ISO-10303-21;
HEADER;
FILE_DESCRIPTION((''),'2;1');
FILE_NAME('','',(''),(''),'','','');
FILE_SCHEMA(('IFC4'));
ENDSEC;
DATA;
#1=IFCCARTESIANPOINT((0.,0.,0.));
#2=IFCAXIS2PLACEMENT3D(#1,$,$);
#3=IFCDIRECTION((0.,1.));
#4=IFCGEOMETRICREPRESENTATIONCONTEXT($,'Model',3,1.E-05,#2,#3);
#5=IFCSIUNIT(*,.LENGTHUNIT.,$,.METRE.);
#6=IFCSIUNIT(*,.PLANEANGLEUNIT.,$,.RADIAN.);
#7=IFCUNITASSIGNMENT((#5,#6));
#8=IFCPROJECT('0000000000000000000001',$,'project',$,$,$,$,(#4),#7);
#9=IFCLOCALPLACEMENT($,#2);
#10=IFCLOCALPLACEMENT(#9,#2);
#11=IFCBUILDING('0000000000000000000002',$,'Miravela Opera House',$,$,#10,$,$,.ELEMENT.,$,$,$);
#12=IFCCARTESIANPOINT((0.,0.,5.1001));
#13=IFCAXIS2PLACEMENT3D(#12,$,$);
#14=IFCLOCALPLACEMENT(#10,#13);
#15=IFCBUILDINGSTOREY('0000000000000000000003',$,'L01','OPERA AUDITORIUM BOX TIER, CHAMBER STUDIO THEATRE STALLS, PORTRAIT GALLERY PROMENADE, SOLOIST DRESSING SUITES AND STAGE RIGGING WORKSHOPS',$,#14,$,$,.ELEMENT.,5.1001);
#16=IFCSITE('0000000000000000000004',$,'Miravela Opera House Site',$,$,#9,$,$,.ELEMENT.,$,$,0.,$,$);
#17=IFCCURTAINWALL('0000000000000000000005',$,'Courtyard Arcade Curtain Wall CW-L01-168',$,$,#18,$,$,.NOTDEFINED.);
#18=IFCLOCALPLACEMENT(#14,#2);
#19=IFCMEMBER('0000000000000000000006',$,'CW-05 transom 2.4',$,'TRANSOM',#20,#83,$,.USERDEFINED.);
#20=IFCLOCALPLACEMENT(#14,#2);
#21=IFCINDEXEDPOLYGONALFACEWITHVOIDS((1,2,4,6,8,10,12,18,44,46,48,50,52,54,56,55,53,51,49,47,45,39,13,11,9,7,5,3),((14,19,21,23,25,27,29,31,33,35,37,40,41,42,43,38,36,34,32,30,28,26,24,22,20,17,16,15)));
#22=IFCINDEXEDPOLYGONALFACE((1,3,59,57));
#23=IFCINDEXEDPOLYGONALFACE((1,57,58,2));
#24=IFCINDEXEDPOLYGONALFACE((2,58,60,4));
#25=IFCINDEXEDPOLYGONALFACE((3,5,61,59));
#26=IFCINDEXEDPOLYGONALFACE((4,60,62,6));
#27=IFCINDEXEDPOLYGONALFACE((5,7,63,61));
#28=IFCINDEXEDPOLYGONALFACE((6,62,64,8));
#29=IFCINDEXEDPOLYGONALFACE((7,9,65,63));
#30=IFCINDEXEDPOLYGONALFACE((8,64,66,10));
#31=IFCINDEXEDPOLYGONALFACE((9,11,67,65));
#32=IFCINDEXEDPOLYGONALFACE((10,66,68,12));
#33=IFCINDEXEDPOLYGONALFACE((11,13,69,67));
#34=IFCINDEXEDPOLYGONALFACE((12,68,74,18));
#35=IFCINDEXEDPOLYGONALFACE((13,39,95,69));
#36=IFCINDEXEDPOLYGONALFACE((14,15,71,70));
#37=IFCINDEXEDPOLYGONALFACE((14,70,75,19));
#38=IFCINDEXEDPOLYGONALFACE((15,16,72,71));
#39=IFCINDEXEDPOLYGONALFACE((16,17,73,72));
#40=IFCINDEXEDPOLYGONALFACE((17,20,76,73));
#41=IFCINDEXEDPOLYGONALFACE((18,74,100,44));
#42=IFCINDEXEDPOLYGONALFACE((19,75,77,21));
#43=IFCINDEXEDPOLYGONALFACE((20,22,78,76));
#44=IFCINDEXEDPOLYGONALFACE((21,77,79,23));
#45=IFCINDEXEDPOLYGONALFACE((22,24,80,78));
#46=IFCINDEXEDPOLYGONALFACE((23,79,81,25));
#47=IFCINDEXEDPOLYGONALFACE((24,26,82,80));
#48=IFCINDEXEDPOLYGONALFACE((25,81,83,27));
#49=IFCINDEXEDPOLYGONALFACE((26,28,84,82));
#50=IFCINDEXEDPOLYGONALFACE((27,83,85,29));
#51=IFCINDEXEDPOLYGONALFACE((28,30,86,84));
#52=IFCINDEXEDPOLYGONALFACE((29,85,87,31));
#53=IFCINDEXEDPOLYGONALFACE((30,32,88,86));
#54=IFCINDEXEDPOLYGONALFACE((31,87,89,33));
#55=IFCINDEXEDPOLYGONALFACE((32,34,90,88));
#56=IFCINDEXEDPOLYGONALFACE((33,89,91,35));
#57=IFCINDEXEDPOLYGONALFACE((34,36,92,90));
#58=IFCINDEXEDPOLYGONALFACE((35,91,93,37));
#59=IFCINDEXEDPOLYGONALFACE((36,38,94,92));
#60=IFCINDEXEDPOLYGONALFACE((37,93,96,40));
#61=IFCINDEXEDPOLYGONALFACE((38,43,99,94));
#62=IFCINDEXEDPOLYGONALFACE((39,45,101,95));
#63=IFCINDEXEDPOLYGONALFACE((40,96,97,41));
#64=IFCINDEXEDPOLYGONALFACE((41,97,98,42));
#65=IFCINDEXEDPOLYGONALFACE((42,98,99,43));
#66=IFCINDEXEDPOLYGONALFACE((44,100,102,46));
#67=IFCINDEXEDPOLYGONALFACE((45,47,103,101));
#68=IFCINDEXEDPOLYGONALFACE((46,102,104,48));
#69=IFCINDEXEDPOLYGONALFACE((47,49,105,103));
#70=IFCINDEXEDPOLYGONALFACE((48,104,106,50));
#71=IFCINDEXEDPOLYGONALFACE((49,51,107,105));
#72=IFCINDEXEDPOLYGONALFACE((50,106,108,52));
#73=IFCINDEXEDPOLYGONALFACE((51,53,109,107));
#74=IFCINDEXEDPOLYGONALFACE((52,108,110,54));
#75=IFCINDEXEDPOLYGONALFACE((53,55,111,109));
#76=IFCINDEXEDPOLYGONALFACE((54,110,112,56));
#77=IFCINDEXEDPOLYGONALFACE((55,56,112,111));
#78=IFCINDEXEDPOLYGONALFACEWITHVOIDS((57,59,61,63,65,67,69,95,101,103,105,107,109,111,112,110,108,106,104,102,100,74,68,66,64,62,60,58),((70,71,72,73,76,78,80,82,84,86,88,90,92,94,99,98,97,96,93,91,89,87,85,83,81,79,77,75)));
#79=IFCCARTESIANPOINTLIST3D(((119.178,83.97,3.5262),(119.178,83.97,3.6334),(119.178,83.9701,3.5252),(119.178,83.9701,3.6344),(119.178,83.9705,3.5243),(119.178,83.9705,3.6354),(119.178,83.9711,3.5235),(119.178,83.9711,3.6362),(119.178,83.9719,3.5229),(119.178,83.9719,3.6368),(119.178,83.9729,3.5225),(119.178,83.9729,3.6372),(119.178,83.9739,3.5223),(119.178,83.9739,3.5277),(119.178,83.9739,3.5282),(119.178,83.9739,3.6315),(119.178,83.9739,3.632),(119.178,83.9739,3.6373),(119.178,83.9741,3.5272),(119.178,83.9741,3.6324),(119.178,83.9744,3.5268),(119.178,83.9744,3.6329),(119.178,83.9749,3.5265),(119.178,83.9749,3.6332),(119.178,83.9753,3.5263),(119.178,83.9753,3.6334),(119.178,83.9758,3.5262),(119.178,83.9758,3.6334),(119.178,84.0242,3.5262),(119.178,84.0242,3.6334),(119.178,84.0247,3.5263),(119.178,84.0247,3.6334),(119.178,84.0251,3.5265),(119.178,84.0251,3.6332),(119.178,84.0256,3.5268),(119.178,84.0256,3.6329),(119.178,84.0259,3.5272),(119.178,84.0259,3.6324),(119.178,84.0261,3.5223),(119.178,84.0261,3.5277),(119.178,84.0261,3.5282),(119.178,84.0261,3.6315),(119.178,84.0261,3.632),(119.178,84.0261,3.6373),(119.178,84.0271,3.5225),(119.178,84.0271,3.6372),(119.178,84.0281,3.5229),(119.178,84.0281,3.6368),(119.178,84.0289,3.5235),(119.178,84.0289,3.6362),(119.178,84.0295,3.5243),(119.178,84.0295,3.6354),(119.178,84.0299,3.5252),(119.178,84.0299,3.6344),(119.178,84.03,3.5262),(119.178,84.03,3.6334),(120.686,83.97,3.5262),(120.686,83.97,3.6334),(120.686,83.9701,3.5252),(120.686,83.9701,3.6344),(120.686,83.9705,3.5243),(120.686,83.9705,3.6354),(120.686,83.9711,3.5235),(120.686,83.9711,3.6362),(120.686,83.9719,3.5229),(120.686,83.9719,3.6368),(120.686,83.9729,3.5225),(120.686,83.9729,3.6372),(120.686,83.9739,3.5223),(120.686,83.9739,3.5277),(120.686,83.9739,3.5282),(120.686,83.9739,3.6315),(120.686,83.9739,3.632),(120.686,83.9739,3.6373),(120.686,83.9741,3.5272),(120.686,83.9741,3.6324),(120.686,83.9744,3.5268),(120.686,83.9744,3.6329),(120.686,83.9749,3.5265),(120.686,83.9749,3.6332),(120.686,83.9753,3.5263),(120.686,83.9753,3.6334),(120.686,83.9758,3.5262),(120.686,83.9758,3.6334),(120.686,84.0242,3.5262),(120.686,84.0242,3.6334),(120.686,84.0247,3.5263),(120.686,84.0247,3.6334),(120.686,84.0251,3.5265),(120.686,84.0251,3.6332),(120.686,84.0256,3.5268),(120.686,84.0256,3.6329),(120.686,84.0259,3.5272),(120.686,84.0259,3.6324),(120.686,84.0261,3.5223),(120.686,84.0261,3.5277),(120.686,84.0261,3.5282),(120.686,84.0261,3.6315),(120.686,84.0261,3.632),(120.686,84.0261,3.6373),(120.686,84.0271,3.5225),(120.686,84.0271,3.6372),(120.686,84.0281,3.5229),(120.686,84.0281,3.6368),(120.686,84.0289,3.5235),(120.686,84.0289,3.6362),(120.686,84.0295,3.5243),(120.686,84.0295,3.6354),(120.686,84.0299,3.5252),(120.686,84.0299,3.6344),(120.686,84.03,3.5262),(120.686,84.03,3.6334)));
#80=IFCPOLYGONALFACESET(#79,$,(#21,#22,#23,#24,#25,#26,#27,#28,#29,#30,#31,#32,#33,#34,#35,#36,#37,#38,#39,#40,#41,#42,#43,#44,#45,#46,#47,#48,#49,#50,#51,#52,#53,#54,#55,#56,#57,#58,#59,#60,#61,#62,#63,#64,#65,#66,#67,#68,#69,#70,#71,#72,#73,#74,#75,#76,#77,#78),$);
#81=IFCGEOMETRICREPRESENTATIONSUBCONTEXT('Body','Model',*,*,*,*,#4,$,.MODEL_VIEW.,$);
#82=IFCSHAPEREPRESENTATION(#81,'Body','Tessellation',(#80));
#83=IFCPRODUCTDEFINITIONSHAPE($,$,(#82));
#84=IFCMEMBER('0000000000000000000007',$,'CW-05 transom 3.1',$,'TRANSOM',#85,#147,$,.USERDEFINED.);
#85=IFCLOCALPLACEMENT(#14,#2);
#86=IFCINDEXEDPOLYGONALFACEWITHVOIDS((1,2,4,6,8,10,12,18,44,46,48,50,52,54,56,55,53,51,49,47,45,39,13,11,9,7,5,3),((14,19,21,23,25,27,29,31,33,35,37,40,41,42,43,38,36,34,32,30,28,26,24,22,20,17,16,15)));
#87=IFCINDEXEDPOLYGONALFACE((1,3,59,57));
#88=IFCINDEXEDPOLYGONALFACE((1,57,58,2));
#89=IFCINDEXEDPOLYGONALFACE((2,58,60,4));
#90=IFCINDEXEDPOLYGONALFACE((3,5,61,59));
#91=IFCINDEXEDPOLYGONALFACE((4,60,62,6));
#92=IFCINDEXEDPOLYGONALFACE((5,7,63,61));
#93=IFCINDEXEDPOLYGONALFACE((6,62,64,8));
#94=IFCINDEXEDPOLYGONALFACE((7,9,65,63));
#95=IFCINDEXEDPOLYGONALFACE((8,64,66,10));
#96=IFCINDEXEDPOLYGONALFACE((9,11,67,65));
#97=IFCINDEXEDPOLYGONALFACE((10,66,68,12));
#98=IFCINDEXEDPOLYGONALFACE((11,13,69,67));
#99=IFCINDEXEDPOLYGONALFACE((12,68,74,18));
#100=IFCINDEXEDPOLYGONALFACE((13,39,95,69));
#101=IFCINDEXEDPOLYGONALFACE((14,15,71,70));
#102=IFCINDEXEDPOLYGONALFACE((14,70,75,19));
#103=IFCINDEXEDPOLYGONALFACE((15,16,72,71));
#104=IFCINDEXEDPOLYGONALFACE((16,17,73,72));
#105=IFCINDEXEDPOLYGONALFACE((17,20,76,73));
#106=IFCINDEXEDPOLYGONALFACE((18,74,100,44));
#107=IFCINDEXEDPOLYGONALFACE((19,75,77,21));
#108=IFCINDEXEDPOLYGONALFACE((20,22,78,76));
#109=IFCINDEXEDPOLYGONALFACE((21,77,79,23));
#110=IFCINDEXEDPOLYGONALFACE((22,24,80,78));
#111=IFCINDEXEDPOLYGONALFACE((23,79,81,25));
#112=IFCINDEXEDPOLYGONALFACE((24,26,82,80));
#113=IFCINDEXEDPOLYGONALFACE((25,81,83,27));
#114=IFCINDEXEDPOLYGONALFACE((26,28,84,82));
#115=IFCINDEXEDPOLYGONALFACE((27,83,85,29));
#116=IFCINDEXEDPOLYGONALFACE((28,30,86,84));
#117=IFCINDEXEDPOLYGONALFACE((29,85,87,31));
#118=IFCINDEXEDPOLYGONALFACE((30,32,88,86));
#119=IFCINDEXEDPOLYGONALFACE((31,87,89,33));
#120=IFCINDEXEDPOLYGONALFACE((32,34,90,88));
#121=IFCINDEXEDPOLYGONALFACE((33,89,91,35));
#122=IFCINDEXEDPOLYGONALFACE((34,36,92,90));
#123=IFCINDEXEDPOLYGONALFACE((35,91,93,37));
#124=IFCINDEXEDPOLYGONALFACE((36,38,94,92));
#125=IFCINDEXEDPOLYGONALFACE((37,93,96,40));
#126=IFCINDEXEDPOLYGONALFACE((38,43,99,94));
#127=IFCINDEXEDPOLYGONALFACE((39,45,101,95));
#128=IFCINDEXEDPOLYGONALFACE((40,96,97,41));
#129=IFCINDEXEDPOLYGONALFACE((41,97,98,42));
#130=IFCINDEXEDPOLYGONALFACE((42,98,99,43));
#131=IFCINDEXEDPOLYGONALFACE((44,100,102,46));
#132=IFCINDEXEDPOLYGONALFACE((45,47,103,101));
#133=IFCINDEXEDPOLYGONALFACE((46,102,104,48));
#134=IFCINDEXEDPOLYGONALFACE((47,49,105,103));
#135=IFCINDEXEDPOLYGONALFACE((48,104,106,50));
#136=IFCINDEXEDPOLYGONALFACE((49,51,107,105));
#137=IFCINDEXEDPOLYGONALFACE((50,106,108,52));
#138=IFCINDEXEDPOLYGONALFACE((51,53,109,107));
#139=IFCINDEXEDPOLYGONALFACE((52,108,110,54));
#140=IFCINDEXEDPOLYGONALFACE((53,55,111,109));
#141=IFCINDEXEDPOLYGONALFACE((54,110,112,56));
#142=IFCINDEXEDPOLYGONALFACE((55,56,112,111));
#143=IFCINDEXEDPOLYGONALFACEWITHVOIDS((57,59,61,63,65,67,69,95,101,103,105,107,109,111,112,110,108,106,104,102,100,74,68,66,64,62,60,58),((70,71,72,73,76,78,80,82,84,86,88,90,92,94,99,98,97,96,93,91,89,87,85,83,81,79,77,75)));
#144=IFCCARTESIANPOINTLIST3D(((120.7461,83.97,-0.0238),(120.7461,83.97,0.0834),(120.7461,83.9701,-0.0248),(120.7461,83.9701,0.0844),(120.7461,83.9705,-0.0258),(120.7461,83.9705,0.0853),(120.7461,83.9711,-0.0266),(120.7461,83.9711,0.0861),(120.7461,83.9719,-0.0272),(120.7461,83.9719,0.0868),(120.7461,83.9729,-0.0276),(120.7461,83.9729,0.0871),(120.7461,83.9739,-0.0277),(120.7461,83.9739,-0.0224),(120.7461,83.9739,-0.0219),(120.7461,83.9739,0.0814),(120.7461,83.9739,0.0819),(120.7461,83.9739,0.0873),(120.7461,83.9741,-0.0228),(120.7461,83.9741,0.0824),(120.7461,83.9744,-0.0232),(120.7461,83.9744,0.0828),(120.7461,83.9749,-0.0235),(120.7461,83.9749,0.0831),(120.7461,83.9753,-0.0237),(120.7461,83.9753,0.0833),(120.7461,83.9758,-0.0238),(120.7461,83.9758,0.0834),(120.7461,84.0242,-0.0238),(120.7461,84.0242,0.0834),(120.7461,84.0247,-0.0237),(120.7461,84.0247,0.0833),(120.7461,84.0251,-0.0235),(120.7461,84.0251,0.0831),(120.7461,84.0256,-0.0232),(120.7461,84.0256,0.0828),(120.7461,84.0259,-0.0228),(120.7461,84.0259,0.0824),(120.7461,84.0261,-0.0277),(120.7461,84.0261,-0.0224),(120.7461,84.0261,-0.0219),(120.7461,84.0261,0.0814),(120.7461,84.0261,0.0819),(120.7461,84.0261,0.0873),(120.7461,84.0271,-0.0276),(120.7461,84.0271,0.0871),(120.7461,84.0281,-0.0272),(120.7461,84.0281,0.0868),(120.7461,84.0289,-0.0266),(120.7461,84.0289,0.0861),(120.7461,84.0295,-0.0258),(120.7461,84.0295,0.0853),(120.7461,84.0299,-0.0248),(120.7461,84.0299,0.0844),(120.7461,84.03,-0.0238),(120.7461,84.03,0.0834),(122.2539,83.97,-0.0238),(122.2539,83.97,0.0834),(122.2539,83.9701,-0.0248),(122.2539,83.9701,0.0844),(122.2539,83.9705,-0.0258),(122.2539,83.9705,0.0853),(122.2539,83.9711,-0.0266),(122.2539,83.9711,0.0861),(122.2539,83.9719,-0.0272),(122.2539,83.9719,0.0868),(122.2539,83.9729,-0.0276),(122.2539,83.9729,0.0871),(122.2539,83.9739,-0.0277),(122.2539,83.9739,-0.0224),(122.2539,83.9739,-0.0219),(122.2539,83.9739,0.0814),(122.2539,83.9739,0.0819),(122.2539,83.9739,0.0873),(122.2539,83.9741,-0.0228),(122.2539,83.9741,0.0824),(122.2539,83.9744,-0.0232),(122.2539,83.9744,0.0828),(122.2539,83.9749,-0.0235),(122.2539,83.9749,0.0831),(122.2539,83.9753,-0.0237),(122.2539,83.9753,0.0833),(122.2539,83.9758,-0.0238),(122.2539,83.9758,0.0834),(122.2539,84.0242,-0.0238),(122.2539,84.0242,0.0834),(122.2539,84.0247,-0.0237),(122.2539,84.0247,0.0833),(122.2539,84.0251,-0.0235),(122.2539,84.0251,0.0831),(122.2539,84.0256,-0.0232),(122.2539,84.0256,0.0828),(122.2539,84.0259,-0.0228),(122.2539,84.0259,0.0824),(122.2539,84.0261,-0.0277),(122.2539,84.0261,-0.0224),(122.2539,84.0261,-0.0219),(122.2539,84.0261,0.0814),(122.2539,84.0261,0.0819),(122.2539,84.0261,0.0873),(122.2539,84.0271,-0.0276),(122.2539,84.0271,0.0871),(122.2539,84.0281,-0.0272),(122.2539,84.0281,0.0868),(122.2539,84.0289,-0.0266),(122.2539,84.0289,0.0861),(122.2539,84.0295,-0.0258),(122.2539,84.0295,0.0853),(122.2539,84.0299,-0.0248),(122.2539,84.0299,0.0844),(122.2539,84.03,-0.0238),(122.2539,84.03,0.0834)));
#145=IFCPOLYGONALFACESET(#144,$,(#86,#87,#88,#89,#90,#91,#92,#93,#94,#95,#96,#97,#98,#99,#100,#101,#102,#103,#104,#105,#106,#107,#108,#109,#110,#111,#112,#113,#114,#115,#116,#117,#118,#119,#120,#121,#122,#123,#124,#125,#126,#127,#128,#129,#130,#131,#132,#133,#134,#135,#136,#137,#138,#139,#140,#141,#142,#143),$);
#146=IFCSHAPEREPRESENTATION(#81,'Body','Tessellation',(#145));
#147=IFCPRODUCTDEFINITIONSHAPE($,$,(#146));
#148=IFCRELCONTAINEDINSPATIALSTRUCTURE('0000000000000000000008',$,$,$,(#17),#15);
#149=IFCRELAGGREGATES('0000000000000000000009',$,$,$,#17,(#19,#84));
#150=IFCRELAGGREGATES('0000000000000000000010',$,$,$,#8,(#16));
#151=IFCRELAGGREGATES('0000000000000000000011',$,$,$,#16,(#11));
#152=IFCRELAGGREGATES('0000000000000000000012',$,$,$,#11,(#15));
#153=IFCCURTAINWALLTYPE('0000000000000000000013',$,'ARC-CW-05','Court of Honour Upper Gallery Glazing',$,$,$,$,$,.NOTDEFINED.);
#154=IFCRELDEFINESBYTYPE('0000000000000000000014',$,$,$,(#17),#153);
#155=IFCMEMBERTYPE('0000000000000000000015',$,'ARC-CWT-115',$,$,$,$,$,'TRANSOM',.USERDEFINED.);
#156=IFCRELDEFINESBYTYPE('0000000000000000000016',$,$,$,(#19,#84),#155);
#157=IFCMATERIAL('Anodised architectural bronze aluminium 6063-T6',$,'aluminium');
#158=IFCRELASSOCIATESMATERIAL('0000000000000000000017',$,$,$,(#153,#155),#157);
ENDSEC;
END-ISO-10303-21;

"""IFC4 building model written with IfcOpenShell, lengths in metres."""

from ifc_helpers import new_model, si_unit, direction, frame, origin, origin_2d, place, context, subcontext, project, spatial, hollow_rectangle, extrude, material, material_profile, profile_set, type_object, element, aggregate, save


model = new_model("IFC4")

# Units and contexts
model_context = context("Model", 3, precision=1e-05, world=origin(), true_north=direction((0.0, 1.0)))
body_context = subcontext(model_context, "Body", "Model", "MODEL_VIEW")
ifc_project = project(units=[si_unit("LENGTHUNIT", "METRE"), si_unit("PLANEANGLEUNIT", "RADIAN")], contexts=[model_context])

# Site, building, storey
site_placement = place(None, origin())
site = spatial("IfcSite", under=ifc_project, at=site_placement, Name="Miravela Opera House Site", CompositionType="ELEMENT", RefElevation=0.0)
building_placement = place(site_placement, origin())
building = spatial("IfcBuilding", under=site, at=building_placement, Name="Miravela Opera House", CompositionType="ELEMENT")
storey_placement = place(building_placement, frame((0.0, 0.0, 5.1001)))
storey = spatial("IfcBuildingStorey", under=building, at=storey_placement, Name="L01", Description="OPERA AUDITORIUM BOX TIER, CHAMBER STUDIO THEATRE STALLS, PORTRAIT GALLERY PROMENADE, SOLOIST DRESSING SUITES AND STAGE RIGGING WORKSHOPS", CompositionType="ELEMENT", Elevation=5.1001)

# Curtain wall, members
ifc_material_1 = material(Name="Anodised architectural bronze aluminium 6063-T6", Category="aluminium")
curtain_wall_type = type_object("IfcCurtainWallType", Name="ARC-CW-05", Description="Court of Honour Upper Gallery Glazing", PredefinedType="NOTDEFINED", material=ifc_material_1)
curtain_wall_placement = place(storey_placement, origin())
curtain_wall = element("IfcCurtainWall", 1, at=curtain_wall_placement, inside=storey, type_object=curtain_wall_type, Name="Courtyard Arcade Curtain Wall CW-L01-168", PredefinedType="NOTDEFINED")
ifc_material_profile_1 = material_profile(ifc_material_1, hollow_rectangle(XDim=0.0601, YDim=0.115, WallThickness=0.0039, InnerFilletRadius=0.002, OuterFilletRadius=0.0039, at=origin_2d()), Name="CWT-60X115")
ifc_profile_set_1 = profile_set([ifc_material_profile_1])
member_type_1 = type_object("IfcMemberType", Name="ARC-CWT-115", ElementType="TRANSOM", PredefinedType="USERDEFINED", material=ifc_profile_set_1)
member_1_placement = place(storey_placement, frame((119.178, 84.0, 3.5798), z_axis=(1.0, 0.0, 0.0), x_axis=(0.0, 1.0, 0.0)))
member_1 = element("IfcMember", 2, at=member_1_placement, type_object=member_type_1, Name="CW-05 transom 2.4", ObjectType="TRANSOM", PredefinedType="USERDEFINED", context=body_context, shape_type="SweptSolid", body=[
    extrude(hollow_rectangle(XDim=0.0601, YDim=0.115, WallThickness=0.0039, InnerFilletRadius=0.002, OuterFilletRadius=0.0039, at=origin_2d()), origin(), (0.0, 0.0, 1.0), 1.5081),
])
member_2_placement = place(storey_placement, frame((120.7461, 84.0, 0.0298), z_axis=(1.0, 0.0, 0.0), x_axis=(0.0, 1.0, 0.0)))
member_2 = element("IfcMember", 3, at=member_2_placement, type_object=member_type_1, Name="CW-05 transom 3.1", ObjectType="TRANSOM", PredefinedType="USERDEFINED", context=body_context, shape_type="SweptSolid", body=[
    extrude(hollow_rectangle(XDim=0.0601, YDim=0.115, WallThickness=0.0039, InnerFilletRadius=0.002, OuterFilletRadius=0.0039, at=origin_2d()), origin(), (0.0, 0.0, 1.0), 1.5078),
])
aggregate(curtain_wall, [member_1, member_2])

save(model, "model.ifc")
